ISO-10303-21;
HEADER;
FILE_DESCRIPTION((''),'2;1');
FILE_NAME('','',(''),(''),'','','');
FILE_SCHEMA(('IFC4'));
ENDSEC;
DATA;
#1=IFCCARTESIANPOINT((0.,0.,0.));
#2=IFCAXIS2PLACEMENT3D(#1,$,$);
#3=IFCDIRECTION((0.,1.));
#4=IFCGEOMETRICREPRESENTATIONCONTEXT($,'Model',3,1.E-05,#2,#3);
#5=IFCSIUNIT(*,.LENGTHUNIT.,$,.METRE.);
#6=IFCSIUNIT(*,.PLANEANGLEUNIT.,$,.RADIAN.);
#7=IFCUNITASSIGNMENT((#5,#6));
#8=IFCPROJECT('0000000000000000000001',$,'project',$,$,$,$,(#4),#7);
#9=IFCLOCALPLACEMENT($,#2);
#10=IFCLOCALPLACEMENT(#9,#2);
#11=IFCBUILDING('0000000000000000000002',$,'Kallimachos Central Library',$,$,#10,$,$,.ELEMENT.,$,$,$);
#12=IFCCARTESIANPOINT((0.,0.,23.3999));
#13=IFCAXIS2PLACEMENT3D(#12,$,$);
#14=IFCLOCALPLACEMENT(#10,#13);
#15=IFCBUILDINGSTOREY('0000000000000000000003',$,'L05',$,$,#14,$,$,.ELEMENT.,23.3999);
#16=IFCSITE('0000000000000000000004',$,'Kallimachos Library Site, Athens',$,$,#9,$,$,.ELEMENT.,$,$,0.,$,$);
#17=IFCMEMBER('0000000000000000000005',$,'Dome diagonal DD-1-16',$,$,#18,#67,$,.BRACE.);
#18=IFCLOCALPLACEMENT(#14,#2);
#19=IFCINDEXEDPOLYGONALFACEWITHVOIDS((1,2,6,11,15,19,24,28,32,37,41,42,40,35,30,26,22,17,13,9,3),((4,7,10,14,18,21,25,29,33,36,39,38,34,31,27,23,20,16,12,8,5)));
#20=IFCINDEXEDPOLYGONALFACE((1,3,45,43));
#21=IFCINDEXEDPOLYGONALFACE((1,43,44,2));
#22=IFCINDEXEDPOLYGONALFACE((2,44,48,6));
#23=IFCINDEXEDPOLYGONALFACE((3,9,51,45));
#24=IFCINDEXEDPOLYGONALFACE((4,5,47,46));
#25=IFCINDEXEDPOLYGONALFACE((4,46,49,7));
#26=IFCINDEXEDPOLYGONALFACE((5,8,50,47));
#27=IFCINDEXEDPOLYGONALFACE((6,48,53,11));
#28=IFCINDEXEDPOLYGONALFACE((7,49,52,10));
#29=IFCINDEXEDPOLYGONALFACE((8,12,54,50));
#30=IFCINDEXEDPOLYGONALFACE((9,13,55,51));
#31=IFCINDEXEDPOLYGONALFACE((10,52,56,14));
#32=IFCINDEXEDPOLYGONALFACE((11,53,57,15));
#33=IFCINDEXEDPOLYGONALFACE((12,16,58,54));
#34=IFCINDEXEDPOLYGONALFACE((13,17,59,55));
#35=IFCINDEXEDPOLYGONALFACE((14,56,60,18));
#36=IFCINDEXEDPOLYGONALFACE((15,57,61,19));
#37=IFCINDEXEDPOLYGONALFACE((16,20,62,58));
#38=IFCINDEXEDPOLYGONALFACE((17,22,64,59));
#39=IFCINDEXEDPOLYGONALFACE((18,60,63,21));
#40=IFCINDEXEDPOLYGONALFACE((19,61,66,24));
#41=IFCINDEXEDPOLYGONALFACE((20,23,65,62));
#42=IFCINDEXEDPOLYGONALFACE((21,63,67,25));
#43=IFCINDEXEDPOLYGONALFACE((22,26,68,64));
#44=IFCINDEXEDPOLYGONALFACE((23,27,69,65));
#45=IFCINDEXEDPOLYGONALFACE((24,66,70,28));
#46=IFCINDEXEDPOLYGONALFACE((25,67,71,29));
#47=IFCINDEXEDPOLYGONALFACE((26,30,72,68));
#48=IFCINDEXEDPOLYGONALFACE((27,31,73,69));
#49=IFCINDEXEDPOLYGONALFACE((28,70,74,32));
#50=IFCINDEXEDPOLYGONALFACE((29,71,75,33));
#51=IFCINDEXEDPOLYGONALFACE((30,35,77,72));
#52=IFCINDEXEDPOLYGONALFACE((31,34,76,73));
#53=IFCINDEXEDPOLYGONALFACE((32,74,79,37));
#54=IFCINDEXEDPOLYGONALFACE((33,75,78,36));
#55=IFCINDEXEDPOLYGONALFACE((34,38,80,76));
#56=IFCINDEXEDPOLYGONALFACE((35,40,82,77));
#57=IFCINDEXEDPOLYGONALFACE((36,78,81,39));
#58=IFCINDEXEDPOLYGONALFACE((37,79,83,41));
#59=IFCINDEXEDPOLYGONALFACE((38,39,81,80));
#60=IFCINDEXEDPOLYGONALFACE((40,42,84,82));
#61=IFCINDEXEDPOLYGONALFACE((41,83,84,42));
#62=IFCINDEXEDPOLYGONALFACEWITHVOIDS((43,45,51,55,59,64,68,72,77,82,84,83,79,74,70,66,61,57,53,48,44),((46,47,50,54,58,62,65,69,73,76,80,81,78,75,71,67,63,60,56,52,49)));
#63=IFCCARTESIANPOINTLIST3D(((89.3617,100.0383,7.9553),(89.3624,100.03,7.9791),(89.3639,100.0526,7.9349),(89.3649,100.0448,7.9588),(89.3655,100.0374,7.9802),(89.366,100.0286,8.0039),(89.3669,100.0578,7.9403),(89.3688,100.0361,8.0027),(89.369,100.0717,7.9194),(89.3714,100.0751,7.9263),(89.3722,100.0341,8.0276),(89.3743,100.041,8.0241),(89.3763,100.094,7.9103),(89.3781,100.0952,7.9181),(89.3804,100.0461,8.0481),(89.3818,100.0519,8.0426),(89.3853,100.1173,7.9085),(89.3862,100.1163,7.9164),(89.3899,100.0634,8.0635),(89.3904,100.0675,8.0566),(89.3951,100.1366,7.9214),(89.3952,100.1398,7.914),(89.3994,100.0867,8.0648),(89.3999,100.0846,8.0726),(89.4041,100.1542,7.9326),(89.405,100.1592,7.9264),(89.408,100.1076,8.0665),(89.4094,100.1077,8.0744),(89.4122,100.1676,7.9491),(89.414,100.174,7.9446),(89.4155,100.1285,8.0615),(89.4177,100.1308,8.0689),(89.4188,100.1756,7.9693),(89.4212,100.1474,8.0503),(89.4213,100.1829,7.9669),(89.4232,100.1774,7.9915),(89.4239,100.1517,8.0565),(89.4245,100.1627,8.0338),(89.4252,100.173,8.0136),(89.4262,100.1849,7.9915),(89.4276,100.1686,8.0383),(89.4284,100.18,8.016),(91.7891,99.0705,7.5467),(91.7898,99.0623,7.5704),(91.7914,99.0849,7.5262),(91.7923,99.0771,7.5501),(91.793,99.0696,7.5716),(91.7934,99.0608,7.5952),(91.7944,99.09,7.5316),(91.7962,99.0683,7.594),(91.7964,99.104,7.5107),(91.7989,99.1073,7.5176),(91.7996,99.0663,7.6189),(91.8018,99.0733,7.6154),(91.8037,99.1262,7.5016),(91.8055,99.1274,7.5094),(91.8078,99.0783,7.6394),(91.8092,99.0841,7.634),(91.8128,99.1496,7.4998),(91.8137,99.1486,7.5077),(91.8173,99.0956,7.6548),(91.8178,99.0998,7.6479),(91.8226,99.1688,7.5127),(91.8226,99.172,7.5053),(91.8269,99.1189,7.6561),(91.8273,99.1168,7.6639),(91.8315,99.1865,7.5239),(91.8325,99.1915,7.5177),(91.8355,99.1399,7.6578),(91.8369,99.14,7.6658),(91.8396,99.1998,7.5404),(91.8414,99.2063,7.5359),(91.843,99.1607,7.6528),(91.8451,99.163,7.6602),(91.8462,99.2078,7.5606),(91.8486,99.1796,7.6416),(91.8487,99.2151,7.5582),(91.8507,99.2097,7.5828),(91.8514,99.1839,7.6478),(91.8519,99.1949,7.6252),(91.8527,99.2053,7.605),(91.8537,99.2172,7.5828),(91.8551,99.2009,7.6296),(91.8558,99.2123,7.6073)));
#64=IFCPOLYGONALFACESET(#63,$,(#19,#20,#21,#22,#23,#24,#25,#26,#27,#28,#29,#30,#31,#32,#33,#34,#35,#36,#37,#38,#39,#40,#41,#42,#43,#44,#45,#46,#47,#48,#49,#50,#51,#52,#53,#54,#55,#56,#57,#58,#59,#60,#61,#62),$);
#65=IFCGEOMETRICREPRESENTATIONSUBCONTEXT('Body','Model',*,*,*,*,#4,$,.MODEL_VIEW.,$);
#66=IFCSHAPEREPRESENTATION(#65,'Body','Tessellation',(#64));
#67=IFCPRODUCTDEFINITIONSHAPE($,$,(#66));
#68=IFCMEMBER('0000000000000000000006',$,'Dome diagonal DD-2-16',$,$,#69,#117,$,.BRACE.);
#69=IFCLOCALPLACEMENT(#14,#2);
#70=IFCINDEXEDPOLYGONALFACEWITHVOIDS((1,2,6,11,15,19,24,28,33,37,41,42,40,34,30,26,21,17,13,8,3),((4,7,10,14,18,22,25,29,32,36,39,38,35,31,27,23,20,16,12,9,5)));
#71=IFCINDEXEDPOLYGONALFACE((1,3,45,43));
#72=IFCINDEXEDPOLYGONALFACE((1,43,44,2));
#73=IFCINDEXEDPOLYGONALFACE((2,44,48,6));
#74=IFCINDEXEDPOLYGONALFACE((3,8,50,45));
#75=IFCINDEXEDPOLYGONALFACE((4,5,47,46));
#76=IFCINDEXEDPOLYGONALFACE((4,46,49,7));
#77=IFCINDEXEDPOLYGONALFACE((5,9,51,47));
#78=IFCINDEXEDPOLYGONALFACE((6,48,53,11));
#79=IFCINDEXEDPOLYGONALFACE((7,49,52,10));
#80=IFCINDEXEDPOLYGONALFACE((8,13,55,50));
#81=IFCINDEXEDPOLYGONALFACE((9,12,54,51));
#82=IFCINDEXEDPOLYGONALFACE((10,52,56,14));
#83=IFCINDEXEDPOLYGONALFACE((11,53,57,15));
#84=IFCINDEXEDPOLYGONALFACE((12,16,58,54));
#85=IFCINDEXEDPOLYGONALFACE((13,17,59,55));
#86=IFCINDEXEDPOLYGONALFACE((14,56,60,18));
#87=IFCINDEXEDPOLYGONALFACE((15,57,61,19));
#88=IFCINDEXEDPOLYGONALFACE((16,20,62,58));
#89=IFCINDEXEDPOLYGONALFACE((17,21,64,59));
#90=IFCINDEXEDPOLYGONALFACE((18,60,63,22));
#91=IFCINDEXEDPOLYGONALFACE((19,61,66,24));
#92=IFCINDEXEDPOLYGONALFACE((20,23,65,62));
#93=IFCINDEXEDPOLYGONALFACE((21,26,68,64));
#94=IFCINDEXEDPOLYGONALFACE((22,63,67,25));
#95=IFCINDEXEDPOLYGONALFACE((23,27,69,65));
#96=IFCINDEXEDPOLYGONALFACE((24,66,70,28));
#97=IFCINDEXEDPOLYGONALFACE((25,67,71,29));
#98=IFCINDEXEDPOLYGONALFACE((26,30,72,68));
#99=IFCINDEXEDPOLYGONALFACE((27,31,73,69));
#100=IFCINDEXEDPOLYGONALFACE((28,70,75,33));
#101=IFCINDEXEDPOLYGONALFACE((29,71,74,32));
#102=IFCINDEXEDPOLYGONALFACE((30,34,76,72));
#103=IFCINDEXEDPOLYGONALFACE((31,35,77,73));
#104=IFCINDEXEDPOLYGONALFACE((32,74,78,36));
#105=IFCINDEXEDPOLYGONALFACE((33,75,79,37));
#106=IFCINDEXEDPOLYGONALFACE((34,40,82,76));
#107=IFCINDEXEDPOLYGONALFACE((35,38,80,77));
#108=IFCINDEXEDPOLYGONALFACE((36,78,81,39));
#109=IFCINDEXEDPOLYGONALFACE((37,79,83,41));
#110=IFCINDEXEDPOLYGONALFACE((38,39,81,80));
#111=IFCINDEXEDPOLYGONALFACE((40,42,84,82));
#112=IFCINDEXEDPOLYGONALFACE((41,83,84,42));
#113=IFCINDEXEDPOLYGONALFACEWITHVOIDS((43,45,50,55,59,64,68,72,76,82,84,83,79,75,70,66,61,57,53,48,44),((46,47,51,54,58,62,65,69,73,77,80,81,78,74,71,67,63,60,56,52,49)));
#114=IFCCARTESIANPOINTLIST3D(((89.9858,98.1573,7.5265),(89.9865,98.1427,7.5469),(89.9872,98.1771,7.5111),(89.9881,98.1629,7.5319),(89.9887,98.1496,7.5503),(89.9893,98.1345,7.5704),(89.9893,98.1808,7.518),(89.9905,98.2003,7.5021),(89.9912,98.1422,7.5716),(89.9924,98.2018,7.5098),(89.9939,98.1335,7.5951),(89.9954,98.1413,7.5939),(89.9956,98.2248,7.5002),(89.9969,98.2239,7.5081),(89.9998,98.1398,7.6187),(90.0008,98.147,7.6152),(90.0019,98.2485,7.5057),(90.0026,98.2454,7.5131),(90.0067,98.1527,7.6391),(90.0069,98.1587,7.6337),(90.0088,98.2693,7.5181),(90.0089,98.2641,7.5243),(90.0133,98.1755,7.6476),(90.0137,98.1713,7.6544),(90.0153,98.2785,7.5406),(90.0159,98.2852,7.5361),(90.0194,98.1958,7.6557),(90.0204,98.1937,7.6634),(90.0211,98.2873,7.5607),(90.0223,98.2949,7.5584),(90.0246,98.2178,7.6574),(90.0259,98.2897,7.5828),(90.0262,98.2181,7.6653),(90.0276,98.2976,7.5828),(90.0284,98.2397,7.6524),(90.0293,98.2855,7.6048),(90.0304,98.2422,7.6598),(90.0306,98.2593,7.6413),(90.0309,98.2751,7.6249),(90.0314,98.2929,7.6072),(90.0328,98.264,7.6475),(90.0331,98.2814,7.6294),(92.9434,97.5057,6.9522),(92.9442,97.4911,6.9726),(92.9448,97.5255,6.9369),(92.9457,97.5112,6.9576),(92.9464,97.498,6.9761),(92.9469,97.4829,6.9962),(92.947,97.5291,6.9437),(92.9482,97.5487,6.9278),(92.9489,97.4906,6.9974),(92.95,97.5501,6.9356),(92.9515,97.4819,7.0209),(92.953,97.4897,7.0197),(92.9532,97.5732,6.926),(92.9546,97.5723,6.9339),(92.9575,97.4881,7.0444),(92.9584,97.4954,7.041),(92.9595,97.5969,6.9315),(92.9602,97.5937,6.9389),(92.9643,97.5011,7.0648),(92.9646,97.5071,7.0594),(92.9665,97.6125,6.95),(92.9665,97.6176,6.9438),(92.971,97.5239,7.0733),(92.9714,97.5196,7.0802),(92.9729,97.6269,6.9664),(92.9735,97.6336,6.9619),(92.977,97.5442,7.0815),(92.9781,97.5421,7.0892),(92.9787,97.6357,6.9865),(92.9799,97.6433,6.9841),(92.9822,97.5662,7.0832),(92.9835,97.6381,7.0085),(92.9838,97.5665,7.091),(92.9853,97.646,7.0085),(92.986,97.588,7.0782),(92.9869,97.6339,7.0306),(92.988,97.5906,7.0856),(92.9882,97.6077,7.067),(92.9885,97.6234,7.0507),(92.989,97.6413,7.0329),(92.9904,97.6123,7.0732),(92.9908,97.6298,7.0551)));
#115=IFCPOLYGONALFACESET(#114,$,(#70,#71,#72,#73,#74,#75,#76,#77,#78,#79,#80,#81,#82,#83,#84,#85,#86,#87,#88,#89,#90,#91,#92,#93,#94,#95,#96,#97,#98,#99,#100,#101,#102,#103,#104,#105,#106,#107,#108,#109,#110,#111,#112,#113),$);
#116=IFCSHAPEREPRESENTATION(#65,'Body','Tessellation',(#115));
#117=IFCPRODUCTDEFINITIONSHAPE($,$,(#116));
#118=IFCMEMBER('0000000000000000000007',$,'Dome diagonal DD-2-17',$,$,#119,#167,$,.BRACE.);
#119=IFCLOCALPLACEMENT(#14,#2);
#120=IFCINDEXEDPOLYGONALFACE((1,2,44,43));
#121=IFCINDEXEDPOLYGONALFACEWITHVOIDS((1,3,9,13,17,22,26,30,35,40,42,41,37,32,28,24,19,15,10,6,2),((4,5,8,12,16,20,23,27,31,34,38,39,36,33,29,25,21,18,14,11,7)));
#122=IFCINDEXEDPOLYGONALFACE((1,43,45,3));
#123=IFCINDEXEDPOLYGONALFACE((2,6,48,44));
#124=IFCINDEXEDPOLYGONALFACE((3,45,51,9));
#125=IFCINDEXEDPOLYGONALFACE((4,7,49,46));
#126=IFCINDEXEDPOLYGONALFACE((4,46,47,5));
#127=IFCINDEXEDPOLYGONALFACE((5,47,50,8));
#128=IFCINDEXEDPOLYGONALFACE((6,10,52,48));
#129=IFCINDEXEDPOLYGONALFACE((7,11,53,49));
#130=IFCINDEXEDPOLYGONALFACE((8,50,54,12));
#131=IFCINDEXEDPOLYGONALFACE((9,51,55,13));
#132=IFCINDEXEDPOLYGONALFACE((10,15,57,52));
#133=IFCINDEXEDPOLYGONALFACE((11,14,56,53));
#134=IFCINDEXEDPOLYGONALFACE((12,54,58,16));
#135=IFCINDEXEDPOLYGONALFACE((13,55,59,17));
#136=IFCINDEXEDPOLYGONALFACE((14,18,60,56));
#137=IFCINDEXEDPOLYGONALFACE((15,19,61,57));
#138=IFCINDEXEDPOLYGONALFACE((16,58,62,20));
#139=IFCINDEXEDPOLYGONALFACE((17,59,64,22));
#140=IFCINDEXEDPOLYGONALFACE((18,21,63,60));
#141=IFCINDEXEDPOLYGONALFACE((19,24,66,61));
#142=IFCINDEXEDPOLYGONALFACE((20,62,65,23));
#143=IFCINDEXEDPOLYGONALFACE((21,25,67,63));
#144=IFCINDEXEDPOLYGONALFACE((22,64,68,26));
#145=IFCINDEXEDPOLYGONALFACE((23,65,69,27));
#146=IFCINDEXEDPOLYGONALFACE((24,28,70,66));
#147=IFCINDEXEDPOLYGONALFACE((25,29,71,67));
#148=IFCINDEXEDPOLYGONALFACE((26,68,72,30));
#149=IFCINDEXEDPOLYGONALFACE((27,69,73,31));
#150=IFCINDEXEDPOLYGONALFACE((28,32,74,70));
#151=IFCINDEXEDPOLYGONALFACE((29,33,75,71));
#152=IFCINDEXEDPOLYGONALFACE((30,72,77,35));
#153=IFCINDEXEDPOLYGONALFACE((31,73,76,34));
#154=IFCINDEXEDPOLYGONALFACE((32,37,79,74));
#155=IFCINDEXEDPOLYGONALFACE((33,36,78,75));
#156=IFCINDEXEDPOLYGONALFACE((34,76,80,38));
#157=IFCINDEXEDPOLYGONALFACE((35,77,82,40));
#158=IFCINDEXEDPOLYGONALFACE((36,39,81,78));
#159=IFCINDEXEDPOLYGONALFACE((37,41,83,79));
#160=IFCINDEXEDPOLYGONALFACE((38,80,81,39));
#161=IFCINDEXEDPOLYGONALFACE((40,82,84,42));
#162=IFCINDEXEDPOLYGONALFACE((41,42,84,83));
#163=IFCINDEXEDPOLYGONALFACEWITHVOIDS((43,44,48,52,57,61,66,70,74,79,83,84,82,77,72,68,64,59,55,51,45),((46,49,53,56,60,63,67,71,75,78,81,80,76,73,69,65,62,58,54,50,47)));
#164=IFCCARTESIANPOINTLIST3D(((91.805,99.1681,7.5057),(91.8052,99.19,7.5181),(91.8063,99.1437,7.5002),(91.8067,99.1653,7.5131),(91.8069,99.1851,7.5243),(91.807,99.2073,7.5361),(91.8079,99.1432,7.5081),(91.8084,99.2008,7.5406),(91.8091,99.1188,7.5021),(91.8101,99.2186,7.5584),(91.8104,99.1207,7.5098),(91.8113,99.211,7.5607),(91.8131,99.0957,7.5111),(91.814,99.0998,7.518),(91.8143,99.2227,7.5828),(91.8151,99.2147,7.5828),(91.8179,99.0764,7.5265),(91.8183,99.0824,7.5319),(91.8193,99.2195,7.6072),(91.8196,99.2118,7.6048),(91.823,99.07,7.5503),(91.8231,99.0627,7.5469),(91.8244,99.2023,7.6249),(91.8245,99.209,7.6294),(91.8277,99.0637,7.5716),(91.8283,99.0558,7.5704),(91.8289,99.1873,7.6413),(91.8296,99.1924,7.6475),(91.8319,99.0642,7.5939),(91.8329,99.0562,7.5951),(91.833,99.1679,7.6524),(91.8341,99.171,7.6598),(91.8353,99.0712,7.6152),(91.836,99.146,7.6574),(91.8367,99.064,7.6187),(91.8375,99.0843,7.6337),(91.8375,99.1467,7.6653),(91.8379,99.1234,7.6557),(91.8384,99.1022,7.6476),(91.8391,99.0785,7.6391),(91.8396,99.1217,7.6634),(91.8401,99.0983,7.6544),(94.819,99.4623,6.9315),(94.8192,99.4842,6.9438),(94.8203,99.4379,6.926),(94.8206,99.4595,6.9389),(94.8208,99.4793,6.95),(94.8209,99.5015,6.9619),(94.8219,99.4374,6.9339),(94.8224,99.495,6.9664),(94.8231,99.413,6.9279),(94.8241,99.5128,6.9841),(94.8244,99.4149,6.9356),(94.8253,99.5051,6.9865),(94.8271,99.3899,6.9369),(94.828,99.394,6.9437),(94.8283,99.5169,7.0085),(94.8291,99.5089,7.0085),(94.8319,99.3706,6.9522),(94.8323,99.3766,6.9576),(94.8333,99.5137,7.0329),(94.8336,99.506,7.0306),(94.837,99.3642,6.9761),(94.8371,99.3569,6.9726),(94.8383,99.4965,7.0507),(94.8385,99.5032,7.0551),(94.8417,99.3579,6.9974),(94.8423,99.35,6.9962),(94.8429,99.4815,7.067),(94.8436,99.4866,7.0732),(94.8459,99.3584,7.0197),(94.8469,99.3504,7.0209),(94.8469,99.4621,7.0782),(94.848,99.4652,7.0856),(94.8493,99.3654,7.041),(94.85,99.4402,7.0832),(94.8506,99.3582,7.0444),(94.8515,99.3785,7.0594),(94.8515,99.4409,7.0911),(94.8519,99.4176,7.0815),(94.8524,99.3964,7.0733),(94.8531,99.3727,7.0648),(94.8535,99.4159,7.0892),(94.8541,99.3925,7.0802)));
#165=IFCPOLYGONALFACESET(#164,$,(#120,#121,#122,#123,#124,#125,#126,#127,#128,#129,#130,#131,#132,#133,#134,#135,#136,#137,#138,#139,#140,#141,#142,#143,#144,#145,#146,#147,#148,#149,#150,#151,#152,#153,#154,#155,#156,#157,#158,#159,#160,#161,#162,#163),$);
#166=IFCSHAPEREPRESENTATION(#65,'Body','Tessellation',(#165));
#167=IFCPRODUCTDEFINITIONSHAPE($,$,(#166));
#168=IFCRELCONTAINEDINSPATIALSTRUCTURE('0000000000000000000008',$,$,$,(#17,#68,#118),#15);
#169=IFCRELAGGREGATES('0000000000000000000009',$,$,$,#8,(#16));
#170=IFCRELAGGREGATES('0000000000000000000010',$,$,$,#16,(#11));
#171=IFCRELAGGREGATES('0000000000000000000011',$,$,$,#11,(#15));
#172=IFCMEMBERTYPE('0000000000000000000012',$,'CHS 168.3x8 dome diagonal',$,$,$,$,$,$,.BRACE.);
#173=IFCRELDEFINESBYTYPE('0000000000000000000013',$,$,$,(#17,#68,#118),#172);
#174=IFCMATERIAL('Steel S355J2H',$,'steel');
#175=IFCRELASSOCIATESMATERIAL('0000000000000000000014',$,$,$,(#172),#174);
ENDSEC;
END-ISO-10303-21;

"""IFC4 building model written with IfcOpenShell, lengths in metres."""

from ifc_helpers import new_model, si_unit, direction, frame, origin, origin_2d, place, context, subcontext, project, spatial, hollow_circle, extrude, material, material_profile, profile_set, type_object, element, save


model = new_model("IFC4")

# Units and contexts
model_context = context("Model", 3, precision=1e-05, world=origin(), true_north=direction((0.0, 1.0)))
body_context = subcontext(model_context, "Body", "Model", "MODEL_VIEW")
ifc_project = project(units=[si_unit("LENGTHUNIT", "METRE"), si_unit("PLANEANGLEUNIT", "RADIAN")], contexts=[model_context])

# Site, building, storey
site_placement = place(None, origin())
site = spatial("IfcSite", under=ifc_project, at=site_placement, Name="Kallimachos Library Site, Athens", CompositionType="ELEMENT", RefElevation=0.0)
building_placement = place(site_placement, origin())
building = spatial("IfcBuilding", under=site, at=building_placement, Name="Kallimachos Central Library", CompositionType="ELEMENT")
storey_placement = place(building_placement, frame((0.0, 0.0, 23.3999)))
storey = spatial("IfcBuildingStorey", under=building, at=storey_placement, Name="L05", CompositionType="ELEMENT", Elevation=23.3999)

# Members
ifc_material_1 = material(Name="Steel S355J2H", Category="steel")
ifc_material_profile_1 = material_profile(ifc_material_1, hollow_circle(Radius=0.0842, WallThickness=0.0081, at=origin_2d()), Name="CHS 168.3x8")
ifc_profile_set_1 = profile_set([ifc_material_profile_1], Name="Steel S355J2H")
member_type_1 = type_object("IfcMemberType", Name="CHS 168.3x8 dome diagonal", PredefinedType="BRACE", material=ifc_profile_set_1)
member_1_placement = place(storey_placement, frame((89.395, 100.1067, 7.9915), z_axis=(0.917746, -0.36588, -0.154511), x_axis=(0.370327, 0.928901, 0.0)))
element("IfcMember", 1, at=member_1_placement, inside=storey, type_object=member_type_1, Name="Dome diagonal DD-1-16", PredefinedType="BRACE", context=body_context, shape_type="SweptSolid", body=[
    extrude(hollow_circle(Radius=0.0842, WallThickness=0.0081, at=origin_2d()), origin(), (0.0, 0.0, 1.0), 2.645),
])
member_2_placement = place(storey_placement, frame((90.0095, 98.2153, 7.5828), z_axis=(0.959483, -0.211397, -0.186289), x_axis=(0.215163, 0.976578, 0.0)))
element("IfcMember", 2, at=member_2_placement, inside=storey, type_object=member_type_1, Name="Dome diagonal DD-2-16", PredefinedType="BRACE", context=body_context, shape_type="SweptSolid", body=[
    extrude(hollow_circle(Radius=0.0842, WallThickness=0.0081, at=origin_2d()), origin(), (0.0, 0.0, 1.0), 3.0825),
])
member_3_placement = place(storey_placement, frame((91.8225, 99.1389, 7.5828), z_axis=(0.977845, 0.095448, -0.186302), x_axis=(-0.097149, 0.99527, 0.0)))
element("IfcMember", 3, at=member_3_placement, inside=storey, type_object=member_type_1, Name="Dome diagonal DD-2-17", PredefinedType="BRACE", context=body_context, shape_type="SweptSolid", body=[
    extrude(hollow_circle(Radius=0.0842, WallThickness=0.0081, at=origin_2d()), origin(), (0.0, 0.0, 1.0), 3.0823),
])

save(model, "model.ifc")
